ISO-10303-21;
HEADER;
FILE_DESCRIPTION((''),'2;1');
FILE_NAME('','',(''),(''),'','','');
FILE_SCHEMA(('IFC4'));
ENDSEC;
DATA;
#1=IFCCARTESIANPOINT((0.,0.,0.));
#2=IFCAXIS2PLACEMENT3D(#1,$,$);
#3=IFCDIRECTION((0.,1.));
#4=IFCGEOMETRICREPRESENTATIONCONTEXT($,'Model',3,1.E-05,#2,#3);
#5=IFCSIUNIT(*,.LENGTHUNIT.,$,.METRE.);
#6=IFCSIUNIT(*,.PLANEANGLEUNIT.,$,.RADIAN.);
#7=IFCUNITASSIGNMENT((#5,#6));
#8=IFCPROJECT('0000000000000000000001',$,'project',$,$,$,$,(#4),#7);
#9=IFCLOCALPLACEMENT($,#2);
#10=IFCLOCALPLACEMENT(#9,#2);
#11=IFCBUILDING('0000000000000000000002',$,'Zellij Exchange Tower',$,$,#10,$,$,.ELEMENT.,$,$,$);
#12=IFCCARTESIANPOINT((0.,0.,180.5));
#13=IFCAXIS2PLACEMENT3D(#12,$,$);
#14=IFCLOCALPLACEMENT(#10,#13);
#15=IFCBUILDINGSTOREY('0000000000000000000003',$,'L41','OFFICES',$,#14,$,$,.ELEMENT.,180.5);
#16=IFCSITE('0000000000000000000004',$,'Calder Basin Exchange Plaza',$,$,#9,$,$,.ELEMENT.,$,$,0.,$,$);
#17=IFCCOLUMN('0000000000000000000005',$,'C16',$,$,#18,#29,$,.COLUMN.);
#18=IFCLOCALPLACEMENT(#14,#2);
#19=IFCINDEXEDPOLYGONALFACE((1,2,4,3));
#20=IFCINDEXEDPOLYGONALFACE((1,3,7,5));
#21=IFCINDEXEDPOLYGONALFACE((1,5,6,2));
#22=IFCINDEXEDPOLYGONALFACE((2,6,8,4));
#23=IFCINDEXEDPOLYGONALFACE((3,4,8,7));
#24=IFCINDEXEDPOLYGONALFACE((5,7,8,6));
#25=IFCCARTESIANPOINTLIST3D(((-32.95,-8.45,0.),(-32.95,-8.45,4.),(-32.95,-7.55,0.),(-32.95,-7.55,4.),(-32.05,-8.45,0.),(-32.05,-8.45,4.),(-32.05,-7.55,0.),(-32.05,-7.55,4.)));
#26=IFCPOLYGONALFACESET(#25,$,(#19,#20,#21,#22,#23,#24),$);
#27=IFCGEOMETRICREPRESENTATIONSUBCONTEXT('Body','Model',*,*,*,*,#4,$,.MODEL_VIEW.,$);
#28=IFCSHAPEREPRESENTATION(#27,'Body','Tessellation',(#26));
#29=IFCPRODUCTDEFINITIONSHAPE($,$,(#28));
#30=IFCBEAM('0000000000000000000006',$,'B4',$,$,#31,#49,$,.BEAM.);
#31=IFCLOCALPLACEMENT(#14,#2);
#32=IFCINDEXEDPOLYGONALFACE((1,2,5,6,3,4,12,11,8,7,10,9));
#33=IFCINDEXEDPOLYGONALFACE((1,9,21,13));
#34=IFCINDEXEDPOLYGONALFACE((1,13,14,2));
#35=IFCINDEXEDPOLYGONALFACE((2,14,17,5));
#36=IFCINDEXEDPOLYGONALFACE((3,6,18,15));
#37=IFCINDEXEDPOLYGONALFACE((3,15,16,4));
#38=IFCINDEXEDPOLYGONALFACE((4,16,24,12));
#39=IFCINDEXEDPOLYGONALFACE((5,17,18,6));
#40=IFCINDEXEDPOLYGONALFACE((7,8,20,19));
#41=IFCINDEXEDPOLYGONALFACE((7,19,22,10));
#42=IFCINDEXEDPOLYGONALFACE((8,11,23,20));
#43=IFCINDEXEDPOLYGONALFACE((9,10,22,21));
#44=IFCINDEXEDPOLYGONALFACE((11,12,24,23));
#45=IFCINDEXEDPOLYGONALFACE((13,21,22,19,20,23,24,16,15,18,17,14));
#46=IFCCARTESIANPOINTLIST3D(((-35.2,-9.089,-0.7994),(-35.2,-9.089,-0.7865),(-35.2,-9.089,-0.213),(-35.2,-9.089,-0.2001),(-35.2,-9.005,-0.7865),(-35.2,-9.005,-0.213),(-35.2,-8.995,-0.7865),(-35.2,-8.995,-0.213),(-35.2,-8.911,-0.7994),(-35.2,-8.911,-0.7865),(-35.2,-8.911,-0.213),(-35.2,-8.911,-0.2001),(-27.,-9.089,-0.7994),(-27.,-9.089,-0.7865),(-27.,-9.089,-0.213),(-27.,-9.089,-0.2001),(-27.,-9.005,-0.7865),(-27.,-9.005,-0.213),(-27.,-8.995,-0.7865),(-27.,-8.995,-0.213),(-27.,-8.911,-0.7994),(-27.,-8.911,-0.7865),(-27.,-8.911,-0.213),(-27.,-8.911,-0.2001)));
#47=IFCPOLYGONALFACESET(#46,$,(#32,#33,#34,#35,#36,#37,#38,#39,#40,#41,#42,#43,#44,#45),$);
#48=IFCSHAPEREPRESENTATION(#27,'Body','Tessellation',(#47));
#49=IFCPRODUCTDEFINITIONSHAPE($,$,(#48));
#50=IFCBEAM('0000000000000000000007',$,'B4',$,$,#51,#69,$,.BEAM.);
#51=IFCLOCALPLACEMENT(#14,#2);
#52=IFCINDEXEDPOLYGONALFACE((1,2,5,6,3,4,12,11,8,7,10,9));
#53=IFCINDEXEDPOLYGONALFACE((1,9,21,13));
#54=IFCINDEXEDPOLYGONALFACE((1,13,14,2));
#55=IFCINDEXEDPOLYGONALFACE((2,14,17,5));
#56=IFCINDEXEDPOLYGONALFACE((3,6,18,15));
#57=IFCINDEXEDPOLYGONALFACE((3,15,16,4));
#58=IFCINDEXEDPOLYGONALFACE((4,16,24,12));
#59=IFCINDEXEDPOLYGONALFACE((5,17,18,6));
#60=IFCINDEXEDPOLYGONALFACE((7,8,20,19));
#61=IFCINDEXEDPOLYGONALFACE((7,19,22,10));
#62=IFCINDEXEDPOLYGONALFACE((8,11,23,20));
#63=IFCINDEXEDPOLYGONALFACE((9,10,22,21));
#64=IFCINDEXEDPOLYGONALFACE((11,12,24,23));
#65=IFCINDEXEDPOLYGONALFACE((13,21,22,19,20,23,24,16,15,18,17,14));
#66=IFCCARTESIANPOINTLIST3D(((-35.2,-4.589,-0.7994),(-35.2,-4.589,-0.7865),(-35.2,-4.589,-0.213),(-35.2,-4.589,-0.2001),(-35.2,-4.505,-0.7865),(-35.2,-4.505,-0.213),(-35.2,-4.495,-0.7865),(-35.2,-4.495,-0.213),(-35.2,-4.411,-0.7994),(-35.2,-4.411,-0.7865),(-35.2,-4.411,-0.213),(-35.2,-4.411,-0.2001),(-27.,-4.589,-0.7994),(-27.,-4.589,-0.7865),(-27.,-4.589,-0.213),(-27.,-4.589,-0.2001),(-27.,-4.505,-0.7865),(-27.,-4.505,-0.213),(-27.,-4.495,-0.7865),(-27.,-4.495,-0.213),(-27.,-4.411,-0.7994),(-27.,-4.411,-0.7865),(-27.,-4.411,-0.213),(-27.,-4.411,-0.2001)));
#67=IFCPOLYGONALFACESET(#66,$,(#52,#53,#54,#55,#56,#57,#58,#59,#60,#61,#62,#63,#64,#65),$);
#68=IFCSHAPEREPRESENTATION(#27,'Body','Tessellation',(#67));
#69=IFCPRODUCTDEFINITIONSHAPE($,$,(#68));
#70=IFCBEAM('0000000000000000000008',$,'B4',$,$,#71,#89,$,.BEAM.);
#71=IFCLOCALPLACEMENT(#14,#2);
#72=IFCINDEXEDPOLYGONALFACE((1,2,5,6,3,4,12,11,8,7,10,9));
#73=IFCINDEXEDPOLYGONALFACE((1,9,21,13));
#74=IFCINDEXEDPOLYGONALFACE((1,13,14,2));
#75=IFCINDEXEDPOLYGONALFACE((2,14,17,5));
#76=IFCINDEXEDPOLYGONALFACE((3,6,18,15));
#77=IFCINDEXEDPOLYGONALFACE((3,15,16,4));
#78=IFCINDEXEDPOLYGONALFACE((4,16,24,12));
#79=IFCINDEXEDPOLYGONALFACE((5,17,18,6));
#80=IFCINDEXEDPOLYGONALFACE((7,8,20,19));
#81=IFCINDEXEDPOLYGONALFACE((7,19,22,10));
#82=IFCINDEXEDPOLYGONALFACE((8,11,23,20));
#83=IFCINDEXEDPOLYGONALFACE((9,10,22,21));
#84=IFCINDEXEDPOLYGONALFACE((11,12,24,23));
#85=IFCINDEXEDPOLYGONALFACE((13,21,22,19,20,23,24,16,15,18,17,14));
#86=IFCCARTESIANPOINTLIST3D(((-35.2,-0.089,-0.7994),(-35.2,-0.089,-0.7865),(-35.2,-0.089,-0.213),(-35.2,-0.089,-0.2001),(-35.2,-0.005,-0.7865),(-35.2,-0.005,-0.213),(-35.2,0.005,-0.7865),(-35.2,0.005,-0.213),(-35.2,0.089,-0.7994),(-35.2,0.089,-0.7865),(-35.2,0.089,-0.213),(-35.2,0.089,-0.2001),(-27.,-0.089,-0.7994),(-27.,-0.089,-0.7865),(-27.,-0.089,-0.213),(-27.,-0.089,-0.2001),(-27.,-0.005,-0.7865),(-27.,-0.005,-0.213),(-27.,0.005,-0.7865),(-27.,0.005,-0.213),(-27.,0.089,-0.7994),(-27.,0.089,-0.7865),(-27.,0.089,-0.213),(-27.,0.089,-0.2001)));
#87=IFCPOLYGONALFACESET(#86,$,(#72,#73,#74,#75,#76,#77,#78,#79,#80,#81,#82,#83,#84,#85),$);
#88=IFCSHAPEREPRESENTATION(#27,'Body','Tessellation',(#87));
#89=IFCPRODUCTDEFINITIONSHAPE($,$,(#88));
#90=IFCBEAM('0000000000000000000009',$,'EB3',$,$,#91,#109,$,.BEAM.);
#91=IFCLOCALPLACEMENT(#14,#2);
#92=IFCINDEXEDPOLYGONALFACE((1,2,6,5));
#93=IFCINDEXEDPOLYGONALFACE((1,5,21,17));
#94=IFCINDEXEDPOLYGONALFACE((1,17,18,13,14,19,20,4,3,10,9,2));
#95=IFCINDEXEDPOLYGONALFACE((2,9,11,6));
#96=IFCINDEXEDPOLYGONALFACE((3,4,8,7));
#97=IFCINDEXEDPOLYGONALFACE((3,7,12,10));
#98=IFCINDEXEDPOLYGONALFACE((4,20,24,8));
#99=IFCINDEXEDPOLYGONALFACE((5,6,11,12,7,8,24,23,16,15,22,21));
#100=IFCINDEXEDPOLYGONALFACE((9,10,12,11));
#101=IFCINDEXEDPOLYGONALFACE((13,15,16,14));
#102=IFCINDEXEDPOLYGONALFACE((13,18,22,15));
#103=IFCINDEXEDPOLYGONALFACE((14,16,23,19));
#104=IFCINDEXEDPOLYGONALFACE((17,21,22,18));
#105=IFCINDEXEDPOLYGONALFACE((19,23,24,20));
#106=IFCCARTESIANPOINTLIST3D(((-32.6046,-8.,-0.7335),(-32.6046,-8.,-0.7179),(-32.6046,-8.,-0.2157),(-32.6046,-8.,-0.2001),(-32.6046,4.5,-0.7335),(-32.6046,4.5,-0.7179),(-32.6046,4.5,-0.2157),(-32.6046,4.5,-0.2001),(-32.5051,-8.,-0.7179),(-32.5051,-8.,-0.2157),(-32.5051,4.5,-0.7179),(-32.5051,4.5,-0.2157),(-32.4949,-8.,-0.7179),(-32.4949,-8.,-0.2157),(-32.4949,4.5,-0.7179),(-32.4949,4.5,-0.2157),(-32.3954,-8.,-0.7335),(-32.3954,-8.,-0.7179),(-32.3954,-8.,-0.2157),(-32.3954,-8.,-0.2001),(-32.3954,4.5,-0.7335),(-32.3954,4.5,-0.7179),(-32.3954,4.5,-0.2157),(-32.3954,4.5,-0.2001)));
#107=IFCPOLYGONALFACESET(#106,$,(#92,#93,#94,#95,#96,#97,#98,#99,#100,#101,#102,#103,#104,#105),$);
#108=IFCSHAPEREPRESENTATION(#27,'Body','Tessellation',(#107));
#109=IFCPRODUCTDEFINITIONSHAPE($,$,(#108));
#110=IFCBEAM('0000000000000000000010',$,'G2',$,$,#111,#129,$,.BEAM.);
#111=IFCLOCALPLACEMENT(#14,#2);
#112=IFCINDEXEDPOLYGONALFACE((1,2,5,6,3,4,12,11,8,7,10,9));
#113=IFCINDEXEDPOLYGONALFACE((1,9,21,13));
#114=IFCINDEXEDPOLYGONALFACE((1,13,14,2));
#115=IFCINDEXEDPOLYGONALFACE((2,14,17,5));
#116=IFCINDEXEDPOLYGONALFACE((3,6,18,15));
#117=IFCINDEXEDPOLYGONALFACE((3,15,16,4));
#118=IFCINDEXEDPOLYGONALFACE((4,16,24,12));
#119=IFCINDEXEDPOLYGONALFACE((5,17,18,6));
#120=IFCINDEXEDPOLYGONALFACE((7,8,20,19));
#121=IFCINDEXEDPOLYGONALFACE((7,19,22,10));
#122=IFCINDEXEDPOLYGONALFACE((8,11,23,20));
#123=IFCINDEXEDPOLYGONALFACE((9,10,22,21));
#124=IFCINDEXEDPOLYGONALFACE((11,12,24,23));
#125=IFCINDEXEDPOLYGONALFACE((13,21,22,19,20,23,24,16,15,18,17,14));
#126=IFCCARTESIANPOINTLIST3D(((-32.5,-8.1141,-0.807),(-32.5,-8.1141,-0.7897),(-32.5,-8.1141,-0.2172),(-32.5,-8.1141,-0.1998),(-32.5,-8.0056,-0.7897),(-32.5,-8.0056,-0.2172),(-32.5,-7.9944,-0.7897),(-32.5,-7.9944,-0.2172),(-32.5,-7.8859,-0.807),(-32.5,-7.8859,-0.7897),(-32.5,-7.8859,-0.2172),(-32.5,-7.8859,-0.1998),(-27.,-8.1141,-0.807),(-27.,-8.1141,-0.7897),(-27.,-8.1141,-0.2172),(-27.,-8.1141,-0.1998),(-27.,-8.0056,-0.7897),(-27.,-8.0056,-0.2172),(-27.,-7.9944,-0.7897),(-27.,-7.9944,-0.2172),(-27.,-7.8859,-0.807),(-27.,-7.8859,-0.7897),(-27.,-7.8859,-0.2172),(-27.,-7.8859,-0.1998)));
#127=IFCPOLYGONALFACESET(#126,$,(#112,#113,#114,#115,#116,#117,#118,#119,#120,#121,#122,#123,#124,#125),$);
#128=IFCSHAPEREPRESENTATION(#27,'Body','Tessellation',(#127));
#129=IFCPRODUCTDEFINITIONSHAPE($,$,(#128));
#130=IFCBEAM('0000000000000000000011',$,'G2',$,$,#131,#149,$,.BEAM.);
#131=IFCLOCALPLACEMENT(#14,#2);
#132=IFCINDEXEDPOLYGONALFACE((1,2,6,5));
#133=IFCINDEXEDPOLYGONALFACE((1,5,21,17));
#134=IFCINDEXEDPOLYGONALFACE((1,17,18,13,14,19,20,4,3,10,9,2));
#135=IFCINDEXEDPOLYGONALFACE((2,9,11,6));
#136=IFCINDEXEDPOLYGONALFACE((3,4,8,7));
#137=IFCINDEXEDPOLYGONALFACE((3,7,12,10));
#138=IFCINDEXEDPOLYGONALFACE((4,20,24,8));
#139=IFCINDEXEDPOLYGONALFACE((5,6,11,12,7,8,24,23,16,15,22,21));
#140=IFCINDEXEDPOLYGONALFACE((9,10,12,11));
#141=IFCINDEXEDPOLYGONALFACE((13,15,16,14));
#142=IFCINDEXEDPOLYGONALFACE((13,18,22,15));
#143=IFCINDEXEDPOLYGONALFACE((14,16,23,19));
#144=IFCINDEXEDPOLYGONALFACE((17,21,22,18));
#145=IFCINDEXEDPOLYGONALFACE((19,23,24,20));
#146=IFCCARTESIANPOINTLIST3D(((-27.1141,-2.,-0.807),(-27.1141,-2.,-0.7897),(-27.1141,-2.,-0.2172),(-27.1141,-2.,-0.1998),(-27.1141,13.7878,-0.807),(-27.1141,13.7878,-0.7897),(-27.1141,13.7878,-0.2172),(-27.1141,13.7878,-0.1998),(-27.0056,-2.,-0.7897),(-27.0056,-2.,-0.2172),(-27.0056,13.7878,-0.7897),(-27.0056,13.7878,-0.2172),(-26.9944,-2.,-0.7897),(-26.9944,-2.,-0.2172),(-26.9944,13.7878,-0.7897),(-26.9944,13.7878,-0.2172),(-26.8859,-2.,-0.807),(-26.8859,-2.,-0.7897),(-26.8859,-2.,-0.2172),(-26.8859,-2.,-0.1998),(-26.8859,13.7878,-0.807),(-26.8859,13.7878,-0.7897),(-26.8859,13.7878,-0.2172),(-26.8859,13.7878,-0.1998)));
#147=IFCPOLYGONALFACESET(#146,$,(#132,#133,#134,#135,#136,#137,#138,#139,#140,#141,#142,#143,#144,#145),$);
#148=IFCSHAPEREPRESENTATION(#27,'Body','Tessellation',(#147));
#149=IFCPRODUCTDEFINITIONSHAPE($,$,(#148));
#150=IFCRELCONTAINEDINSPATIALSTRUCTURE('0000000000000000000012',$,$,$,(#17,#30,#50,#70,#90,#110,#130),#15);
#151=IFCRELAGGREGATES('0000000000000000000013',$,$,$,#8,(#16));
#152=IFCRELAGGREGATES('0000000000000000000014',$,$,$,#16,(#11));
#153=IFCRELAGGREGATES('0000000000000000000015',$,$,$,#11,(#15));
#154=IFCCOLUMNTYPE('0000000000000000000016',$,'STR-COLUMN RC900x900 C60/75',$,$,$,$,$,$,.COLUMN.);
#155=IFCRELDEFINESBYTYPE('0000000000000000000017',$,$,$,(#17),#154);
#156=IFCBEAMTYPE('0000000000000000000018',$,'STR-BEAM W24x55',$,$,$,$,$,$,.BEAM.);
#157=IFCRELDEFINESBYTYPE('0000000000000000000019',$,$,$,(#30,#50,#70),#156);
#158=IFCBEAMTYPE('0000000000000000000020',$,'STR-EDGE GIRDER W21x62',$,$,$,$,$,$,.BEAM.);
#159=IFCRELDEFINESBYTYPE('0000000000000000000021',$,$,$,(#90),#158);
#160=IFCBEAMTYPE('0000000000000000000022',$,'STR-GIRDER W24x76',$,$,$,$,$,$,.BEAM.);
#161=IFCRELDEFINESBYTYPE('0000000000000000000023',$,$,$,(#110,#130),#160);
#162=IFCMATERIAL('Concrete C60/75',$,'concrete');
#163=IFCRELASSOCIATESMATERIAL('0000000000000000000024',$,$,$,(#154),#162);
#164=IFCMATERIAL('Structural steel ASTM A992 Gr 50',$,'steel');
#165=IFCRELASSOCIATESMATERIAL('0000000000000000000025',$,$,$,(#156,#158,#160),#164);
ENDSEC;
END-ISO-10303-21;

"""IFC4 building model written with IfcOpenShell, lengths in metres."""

from ifc_helpers import new_model, si_unit, direction, frame, origin, origin_2d, place, context, subcontext, project, spatial, rectangle, i_section, extrude, material, material_profile, profile_set, type_object, element, save


model = new_model("IFC4")

# Units and contexts
model_context = context("Model", 3, precision=1e-05, world=origin(), true_north=direction((0.0, 1.0)))
body_context = subcontext(model_context, "Body", "Model", "MODEL_VIEW")
ifc_project = project(units=[si_unit("LENGTHUNIT", "METRE"), si_unit("PLANEANGLEUNIT", "RADIAN")], contexts=[model_context])

# Site, building, storey
site_placement = place(None, origin())
site = spatial("IfcSite", under=ifc_project, at=site_placement, Name="Calder Basin Exchange Plaza", CompositionType="ELEMENT", RefElevation=0.0)
building_placement = place(site_placement, origin())
building = spatial("IfcBuilding", under=site, at=building_placement, Name="Zellij Exchange Tower", CompositionType="ELEMENT")
storey_placement = place(building_placement, frame((0.0, 0.0, 180.5)))
storey = spatial("IfcBuildingStorey", under=building, at=storey_placement, Name="L41", Description="OFFICES", CompositionType="ELEMENT", Elevation=180.5)

# Column
ifc_material_1 = material(Name="Concrete C60/75", Category="concrete")
ifc_material_profile_1 = material_profile(ifc_material_1, rectangle(XDim=0.8999, YDim=0.8999, at=origin_2d()), Name="STR-COLUMN RC900x900 C60/75")
ifc_profile_set_1 = profile_set([ifc_material_profile_1], Name="Concrete C60/75")
column_type = type_object("IfcColumnType", Name="STR-COLUMN RC900x900 C60/75", PredefinedType="COLUMN", material=ifc_profile_set_1)
column_placement = place(storey_placement, frame((-32.5, -8.0, 0.0), z_axis=(0.0, 0.0, 1.0), x_axis=(1.0, 0.0, 0.0)))
element("IfcColumn", 1, at=column_placement, inside=storey, type_object=column_type, Name="C16", PredefinedType="COLUMN", context=body_context, shape_type="SweptSolid", body=[
    extrude(rectangle(XDim=0.8999, YDim=0.8999, at=origin_2d()), origin(), (0.0, 0.0, 1.0), 4.0),
])

# Beams
ifc_material_2 = material(Name="Structural steel ASTM A992 Gr 50", Category="steel")
ifc_material_profile_2 = material_profile(ifc_material_2, i_section(OverallWidth=0.178, OverallDepth=0.5994, WebThickness=0.01, FlangeThickness=0.0129, at=origin_2d()), Name="W24x55")
ifc_profile_set_2 = profile_set([ifc_material_profile_2], Name="Structural steel ASTM A992 Gr 50")
beam_type_1 = type_object("IfcBeamType", Name="STR-BEAM W24x55", PredefinedType="BEAM", material=ifc_profile_set_2)
for number, where, z_axis, x_axis, name in (
    (2, (-35.2, -9.0, -0.4998), (1.0, 0.0, 0.0), (0.0, 1.0, 0.0), "B4"),
    (3, (-35.2, -4.5, -0.4998), (1.0, 0.0, 0.0), (0.0, 1.0, 0.0), "B4"),
    (4, (-35.2, 0.0, -0.4998), (1.0, 0.0, 0.0), (0.0, 1.0, 0.0), "B4"),
):
    element("IfcBeam", number, at=place(storey_placement, frame(where, z_axis=z_axis, x_axis=x_axis)), inside=storey, type_object=beam_type_1, Name=name, PredefinedType="BEAM", context=body_context, shape_type="SweptSolid", body=[
        extrude(i_section(OverallWidth=0.178, OverallDepth=0.5994, WebThickness=0.01, FlangeThickness=0.0129, at=origin_2d()), origin(), (0.0, 0.0, 1.0), 8.2),
    ])
ifc_material_profile_3 = material_profile(ifc_material_2, i_section(OverallWidth=0.2092, OverallDepth=0.5334, WebThickness=0.0103, FlangeThickness=0.0156, at=origin_2d()), Name="W21x62")
ifc_profile_set_3 = profile_set([ifc_material_profile_3], Name="Structural steel ASTM A992 Gr 50")
beam_type_2 = type_object("IfcBeamType", Name="STR-EDGE GIRDER W21x62", PredefinedType="BEAM", material=ifc_profile_set_3)
beam_1_placement = place(storey_placement, frame((-32.5, -8.0, -0.4668), z_axis=(0.0, 1.0, 0.0), x_axis=(-1.0, 0.0, 0.0)))
element("IfcBeam", 5, at=beam_1_placement, inside=storey, type_object=beam_type_2, Name="EB3", PredefinedType="BEAM", context=body_context, shape_type="SweptSolid", body=[
    extrude(i_section(OverallWidth=0.2092, OverallDepth=0.5334, WebThickness=0.0103, FlangeThickness=0.0156, at=origin_2d()), origin(), (0.0, 0.0, 1.0), 12.5),
])
ifc_material_profile_4 = material_profile(ifc_material_2, i_section(OverallWidth=0.2283, OverallDepth=0.6072, WebThickness=0.0112, FlangeThickness=0.0173, at=origin_2d()), Name="W24x76")
ifc_profile_set_4 = profile_set([ifc_material_profile_4], Name="Structural steel ASTM A992 Gr 50")
beam_type_3 = type_object("IfcBeamType", Name="STR-GIRDER W24x76", PredefinedType="BEAM", material=ifc_profile_set_4)
beam_2_placement = place(storey_placement, frame((-32.5, -8.0, -0.5034), z_axis=(1.0, 0.0, 0.0), x_axis=(0.0, 1.0, 0.0)))
element("IfcBeam", 6, at=beam_2_placement, inside=storey, type_object=beam_type_3, Name="G2", PredefinedType="BEAM", context=body_context, shape_type="SweptSolid", body=[
    extrude(i_section(OverallWidth=0.2283, OverallDepth=0.6072, WebThickness=0.0112, FlangeThickness=0.0173, at=origin_2d()), origin(), (0.0, 0.0, 1.0), 5.5),
])
beam_3_placement = place(storey_placement, frame((-27.0, -2.0, -0.5034), z_axis=(0.0, 1.0, 0.0), x_axis=(-1.0, 0.0, 0.0)))
element("IfcBeam", 7, at=beam_3_placement, inside=storey, type_object=beam_type_3, Name="G2", PredefinedType="BEAM", context=body_context, shape_type="SweptSolid", body=[
    extrude(i_section(OverallWidth=0.2283, OverallDepth=0.6072, WebThickness=0.0112, FlangeThickness=0.0173, at=origin_2d()), origin(), (0.0, 0.0, 1.0), 15.7878),
])

save(model, "model.ifc")
